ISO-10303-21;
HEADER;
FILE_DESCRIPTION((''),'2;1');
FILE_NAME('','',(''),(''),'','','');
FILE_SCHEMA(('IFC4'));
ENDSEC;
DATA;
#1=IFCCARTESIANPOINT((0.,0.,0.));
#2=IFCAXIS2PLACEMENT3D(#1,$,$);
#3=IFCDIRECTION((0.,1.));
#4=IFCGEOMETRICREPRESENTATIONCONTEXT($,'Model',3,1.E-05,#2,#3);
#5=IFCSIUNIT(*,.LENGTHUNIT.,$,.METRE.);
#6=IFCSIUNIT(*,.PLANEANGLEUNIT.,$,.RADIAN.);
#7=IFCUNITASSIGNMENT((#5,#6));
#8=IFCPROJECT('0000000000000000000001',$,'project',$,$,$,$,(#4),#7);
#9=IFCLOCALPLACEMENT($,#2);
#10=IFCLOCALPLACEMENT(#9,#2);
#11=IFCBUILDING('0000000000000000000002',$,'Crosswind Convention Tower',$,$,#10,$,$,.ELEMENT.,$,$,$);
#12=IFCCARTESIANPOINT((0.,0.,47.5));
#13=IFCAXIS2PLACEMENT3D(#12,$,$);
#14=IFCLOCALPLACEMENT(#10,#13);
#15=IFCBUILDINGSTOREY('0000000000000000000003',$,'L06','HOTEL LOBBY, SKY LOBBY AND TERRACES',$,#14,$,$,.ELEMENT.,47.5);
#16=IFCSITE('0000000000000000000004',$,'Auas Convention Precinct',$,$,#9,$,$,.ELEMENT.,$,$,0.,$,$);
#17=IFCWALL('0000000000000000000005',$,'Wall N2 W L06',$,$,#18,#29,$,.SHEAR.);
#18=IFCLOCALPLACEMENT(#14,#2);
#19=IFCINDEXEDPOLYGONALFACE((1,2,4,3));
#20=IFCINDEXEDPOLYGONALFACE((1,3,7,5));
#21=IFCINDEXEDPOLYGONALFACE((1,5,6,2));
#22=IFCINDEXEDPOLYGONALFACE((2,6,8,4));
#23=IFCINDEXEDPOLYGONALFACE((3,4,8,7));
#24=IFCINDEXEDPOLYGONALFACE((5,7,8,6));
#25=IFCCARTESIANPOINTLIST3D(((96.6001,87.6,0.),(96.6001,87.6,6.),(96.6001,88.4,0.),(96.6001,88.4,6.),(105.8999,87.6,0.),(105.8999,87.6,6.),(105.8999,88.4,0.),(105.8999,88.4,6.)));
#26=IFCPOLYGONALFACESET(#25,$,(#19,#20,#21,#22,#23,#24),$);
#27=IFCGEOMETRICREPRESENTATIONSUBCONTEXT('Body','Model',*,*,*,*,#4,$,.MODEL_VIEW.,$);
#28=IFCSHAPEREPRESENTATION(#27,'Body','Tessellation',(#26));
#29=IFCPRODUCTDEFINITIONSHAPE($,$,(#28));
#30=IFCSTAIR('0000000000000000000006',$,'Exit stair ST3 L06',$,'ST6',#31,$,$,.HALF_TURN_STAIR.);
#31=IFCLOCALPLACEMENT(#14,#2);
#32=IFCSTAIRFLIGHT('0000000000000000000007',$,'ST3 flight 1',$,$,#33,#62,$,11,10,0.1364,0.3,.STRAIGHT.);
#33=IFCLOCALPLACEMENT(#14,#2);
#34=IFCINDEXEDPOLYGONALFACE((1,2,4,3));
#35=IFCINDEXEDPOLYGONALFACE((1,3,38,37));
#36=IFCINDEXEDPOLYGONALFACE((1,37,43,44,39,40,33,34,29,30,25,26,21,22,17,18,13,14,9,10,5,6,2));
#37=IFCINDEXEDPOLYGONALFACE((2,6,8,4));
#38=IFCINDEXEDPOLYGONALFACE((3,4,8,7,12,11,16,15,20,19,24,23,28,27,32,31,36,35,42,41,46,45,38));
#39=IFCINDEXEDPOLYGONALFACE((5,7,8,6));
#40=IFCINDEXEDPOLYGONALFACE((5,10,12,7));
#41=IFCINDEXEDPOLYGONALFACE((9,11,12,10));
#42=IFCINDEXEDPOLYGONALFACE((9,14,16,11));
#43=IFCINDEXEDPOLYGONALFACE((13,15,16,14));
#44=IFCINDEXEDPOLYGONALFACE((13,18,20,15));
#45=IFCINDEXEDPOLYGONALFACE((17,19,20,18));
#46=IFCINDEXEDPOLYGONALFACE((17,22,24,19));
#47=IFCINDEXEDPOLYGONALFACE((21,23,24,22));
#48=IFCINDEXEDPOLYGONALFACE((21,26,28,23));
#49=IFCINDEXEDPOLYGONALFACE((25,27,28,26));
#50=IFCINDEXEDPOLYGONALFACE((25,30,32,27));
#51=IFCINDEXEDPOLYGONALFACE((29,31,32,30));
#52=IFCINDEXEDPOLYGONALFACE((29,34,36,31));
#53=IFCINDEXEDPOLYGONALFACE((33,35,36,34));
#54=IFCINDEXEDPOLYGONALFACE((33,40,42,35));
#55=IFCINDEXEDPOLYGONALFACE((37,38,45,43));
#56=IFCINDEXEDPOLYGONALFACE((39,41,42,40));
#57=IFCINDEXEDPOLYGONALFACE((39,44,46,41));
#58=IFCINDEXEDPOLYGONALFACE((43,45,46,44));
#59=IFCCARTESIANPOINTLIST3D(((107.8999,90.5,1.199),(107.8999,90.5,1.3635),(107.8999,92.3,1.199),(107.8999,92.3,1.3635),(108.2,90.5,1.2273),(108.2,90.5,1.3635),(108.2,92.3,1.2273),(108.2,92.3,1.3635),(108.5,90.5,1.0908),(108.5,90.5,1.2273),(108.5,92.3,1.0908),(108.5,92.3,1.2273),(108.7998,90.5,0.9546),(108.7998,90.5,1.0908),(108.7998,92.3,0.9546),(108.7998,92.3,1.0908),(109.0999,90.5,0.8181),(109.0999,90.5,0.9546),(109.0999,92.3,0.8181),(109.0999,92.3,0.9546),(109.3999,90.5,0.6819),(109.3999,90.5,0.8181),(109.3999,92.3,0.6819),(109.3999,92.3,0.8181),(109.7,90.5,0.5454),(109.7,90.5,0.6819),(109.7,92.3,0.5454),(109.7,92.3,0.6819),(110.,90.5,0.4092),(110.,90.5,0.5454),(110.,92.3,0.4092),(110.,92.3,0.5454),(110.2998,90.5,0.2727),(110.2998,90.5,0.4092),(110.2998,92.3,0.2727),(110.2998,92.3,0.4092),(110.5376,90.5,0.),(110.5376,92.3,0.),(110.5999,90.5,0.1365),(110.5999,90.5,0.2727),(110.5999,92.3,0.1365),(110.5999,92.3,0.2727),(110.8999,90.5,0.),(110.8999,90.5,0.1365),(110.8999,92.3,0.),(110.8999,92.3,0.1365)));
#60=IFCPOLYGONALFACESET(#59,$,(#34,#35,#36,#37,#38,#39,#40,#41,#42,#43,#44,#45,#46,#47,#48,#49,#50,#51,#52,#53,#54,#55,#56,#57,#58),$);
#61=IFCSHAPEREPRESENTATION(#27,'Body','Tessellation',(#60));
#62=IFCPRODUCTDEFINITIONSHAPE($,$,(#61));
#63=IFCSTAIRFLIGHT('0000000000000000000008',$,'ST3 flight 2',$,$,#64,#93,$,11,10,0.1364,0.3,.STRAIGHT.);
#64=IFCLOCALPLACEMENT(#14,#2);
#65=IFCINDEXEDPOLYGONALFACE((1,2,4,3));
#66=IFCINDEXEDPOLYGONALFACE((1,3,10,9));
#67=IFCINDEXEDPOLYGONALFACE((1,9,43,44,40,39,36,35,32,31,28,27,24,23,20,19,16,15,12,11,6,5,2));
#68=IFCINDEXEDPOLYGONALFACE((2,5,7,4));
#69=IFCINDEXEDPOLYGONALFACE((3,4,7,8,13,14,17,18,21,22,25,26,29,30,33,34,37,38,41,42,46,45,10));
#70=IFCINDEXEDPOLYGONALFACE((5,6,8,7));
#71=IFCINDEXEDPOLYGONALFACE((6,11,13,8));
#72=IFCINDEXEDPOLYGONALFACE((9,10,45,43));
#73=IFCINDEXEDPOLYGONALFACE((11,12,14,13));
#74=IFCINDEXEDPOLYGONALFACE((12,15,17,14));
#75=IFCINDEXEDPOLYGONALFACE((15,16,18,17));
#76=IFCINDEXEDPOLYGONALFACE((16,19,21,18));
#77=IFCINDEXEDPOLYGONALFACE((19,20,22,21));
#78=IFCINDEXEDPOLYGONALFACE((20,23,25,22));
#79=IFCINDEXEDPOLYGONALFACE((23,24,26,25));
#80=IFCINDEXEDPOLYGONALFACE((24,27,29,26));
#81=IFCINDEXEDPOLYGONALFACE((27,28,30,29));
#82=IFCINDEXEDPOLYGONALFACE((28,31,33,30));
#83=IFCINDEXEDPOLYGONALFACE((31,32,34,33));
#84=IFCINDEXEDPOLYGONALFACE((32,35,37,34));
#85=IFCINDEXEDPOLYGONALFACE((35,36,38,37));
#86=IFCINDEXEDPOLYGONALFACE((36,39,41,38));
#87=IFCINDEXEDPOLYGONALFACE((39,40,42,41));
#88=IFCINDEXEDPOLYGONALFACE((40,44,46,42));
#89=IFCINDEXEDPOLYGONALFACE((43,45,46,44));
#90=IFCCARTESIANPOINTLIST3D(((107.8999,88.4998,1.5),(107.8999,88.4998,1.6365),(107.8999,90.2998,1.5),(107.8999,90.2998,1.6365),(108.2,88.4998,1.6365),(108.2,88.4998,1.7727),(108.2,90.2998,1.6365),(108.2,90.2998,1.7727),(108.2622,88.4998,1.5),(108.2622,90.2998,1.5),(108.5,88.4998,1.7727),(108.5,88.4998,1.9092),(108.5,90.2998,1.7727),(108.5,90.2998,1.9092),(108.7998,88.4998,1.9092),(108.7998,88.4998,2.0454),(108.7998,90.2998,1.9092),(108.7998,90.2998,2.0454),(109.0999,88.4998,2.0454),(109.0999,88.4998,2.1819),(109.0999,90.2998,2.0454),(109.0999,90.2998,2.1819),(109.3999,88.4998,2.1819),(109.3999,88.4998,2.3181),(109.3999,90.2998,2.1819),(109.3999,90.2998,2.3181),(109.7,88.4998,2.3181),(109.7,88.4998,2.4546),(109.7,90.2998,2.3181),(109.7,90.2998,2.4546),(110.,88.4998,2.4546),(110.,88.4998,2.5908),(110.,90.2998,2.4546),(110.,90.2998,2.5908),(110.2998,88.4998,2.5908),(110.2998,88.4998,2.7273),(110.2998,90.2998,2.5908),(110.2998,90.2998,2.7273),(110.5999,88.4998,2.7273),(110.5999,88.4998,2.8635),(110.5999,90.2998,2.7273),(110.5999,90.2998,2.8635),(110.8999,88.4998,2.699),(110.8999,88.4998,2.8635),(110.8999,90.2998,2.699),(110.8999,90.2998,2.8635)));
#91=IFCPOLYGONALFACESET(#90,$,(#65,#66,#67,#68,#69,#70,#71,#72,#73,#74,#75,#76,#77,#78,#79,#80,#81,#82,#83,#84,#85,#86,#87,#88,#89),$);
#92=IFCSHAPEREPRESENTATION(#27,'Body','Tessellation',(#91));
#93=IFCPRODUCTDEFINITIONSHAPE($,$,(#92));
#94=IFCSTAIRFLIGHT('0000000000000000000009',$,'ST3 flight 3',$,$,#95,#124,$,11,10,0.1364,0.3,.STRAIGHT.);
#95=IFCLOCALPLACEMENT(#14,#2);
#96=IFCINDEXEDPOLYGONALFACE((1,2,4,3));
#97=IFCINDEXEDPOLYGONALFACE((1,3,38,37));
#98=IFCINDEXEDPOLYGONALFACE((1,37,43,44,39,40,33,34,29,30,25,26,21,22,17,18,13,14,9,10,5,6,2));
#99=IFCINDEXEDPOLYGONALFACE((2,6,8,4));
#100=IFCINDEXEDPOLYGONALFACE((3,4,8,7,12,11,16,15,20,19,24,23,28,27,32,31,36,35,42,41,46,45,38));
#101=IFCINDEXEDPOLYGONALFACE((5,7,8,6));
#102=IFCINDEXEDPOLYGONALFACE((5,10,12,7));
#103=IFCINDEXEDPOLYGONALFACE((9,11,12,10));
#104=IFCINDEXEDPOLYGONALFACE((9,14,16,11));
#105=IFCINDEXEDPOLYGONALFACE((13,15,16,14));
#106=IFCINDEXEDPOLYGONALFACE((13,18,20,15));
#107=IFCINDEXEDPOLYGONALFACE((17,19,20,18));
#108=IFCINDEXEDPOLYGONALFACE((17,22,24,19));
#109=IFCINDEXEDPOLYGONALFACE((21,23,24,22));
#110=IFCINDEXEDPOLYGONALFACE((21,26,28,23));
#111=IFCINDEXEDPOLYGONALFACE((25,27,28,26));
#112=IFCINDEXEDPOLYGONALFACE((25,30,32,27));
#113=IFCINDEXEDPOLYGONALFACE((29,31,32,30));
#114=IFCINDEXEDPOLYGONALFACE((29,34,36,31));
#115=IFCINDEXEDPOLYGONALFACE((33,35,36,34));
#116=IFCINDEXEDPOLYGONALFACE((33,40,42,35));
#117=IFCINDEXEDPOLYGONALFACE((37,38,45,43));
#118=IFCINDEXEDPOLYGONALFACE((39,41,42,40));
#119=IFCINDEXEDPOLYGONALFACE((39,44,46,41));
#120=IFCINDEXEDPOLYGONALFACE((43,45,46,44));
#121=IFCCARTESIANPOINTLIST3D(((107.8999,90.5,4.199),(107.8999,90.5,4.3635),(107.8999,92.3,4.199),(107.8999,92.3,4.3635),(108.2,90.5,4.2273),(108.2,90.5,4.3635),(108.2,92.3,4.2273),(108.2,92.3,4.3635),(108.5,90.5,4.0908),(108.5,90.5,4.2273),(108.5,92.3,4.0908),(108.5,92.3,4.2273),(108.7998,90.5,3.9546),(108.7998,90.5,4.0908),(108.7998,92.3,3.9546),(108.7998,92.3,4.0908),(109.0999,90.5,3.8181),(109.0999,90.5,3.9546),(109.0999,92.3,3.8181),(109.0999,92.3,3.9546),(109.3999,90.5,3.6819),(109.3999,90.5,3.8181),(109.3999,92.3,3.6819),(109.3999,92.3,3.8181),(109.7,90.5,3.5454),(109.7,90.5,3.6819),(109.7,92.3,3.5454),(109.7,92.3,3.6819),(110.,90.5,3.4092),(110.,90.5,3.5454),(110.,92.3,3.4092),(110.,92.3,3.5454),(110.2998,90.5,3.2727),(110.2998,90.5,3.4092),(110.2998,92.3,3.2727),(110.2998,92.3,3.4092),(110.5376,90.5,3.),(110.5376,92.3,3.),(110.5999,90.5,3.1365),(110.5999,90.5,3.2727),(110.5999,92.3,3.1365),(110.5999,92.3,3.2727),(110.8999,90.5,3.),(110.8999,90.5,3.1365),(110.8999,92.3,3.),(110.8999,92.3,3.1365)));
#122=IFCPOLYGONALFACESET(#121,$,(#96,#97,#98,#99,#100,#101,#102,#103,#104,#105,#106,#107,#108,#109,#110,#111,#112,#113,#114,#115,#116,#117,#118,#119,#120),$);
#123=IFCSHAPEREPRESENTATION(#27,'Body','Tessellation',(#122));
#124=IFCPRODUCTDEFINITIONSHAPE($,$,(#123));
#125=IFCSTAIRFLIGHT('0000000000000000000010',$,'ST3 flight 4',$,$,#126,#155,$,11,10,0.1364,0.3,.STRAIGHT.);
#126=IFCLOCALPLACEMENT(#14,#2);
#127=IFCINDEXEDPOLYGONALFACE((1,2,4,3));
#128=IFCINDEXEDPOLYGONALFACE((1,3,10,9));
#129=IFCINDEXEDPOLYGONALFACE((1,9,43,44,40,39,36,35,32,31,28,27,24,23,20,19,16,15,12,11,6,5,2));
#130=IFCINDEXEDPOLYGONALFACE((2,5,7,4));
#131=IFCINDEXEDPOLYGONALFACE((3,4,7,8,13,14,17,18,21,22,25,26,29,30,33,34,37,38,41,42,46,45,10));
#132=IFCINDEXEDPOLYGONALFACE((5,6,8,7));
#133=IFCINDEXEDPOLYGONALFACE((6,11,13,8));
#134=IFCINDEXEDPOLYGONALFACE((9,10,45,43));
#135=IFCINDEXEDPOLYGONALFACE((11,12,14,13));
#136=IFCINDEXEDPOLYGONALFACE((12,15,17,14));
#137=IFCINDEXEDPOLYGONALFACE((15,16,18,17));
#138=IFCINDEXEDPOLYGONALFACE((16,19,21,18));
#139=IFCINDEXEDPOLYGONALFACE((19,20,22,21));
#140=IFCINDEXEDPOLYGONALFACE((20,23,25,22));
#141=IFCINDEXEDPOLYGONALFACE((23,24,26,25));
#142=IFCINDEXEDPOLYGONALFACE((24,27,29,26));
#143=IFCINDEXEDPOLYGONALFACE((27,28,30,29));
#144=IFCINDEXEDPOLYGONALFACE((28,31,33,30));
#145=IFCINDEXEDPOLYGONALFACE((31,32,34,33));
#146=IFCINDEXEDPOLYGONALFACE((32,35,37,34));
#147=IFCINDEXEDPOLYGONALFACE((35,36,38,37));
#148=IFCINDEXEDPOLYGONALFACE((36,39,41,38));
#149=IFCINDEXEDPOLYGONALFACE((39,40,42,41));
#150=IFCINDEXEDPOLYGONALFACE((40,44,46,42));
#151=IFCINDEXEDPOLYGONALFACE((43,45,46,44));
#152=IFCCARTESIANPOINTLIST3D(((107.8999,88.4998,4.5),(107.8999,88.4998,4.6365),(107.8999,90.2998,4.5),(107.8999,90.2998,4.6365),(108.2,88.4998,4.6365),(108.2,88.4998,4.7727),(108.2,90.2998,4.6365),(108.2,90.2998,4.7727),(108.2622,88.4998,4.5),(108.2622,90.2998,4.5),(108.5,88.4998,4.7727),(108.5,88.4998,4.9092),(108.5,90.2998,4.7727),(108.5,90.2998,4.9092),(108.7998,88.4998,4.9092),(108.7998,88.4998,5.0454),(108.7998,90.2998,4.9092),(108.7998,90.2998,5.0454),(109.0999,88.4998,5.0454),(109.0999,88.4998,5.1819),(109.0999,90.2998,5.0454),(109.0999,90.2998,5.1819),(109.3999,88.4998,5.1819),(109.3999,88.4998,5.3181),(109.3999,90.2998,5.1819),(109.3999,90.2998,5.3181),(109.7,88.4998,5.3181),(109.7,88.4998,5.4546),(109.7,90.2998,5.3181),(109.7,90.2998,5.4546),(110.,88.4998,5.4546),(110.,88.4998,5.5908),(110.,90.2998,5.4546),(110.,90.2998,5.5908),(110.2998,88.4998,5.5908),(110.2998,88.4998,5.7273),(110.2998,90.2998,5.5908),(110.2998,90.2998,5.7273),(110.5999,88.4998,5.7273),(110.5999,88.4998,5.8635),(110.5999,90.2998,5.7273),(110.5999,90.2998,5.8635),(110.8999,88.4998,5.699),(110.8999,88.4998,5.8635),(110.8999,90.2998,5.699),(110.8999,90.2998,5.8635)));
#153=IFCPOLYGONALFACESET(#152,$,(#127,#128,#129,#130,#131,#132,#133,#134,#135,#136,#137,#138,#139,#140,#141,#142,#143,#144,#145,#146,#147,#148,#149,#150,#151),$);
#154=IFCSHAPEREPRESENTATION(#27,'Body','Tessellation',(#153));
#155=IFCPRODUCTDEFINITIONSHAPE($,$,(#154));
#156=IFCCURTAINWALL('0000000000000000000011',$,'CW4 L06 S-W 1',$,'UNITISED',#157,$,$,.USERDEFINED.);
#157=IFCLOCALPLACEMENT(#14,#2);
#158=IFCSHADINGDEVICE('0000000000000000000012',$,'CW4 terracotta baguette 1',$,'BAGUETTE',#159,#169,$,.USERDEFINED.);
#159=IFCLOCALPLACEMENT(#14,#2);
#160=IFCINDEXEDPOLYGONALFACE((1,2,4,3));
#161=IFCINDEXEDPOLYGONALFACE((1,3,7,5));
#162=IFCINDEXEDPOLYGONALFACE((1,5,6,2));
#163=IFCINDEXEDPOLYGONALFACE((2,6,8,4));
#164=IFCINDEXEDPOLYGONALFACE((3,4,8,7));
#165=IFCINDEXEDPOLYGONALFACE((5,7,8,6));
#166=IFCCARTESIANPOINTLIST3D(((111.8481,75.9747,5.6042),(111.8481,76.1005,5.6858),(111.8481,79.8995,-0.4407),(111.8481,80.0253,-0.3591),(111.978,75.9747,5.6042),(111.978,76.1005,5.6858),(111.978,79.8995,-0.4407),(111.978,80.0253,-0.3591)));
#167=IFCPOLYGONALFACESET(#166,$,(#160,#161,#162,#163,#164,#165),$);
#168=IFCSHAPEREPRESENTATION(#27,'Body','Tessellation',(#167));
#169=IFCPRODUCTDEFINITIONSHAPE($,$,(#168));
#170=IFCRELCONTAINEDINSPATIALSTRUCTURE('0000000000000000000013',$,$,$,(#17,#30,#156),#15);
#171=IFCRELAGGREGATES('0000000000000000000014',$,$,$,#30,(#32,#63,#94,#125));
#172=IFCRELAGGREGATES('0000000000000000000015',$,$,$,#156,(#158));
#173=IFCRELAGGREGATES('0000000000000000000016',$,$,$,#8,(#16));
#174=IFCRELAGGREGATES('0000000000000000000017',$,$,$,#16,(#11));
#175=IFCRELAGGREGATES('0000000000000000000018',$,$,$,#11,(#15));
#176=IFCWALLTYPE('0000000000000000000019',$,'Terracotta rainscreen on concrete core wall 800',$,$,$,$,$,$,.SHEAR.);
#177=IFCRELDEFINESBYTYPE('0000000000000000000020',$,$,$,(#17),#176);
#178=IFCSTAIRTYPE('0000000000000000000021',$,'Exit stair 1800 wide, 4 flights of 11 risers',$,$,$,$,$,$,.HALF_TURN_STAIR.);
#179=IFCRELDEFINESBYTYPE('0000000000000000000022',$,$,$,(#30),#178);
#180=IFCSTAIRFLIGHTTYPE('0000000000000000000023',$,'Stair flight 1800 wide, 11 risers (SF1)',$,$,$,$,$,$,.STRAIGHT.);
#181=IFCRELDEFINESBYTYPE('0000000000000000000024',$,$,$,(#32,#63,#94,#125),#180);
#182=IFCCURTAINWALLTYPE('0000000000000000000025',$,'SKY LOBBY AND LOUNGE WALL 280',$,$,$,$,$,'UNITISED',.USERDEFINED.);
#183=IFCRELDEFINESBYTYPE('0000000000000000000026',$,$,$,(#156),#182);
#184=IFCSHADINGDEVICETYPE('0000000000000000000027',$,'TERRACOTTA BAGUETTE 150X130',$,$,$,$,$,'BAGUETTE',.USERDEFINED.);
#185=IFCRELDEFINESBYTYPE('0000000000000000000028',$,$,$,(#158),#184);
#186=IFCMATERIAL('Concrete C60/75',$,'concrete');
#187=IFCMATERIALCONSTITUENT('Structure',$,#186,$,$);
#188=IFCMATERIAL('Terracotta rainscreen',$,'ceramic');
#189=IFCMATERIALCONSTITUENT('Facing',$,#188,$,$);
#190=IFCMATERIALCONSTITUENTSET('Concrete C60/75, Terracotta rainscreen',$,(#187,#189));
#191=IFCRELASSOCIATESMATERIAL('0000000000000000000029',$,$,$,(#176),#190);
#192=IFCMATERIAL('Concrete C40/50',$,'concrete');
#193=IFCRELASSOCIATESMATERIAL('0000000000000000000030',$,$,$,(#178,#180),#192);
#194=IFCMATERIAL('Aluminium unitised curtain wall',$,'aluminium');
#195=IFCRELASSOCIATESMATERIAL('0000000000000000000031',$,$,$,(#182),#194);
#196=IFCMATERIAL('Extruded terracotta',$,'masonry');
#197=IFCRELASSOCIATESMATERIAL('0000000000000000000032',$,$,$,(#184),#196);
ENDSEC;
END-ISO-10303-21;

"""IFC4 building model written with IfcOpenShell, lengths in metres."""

from ifc_helpers import new_model, si_unit, direction, frame, frame_2d, origin, origin_2d, place, context, subcontext, project, spatial, polyline, rectangle, outline, extrude, material, constituent, constituent_set, material_profile, profile_set, type_object, element, aggregate, save


model = new_model("IFC4")

# Units and contexts
model_context = context("Model", 3, precision=1e-05, world=origin(), true_north=direction((0.0, 1.0)))
body_context = subcontext(model_context, "Body", "Model", "MODEL_VIEW")
ifc_project = project(units=[si_unit("LENGTHUNIT", "METRE"), si_unit("PLANEANGLEUNIT", "RADIAN")], contexts=[model_context])

# Site, building, storey
site_placement = place(None, origin())
site = spatial("IfcSite", under=ifc_project, at=site_placement, Name="Auas Convention Precinct", CompositionType="ELEMENT", RefElevation=0.0)
building_placement = place(site_placement, origin())
building = spatial("IfcBuilding", under=site, at=building_placement, Name="Crosswind Convention Tower", CompositionType="ELEMENT")
storey_placement = place(building_placement, frame((0.0, 0.0, 47.5)))
storey = spatial("IfcBuildingStorey", under=building, at=storey_placement, Name="L06", Description="HOTEL LOBBY, SKY LOBBY AND TERRACES", CompositionType="ELEMENT", Elevation=47.5)

# Shared definitions
ifc_material_1 = material(Name="Aluminium unitised curtain wall", Category="aluminium")

# Wall
ifc_material_2 = material(Name="Terracotta rainscreen", Category="ceramic")
ifc_material_3 = material(Name="Concrete C60/75", Category="concrete")
ifc_constituent_1 = constituent(ifc_material_3, Name="Structure")
ifc_constituent_2 = constituent(ifc_material_2, Name="Facing")
ifc_constituent_set = constituent_set(constituents=[ifc_constituent_1, ifc_constituent_2], Name="Concrete C60/75, Terracotta rainscreen")
wall_type_1 = type_object("IfcWallType", Name="Terracotta rainscreen on concrete core wall 800", PredefinedType="SHEAR", material=ifc_constituent_set)
wall_1_placement = place(storey_placement, frame((105.8999, 88.0, 0.0), z_axis=(0.0, 0.0, 1.0), x_axis=(-1.0, 0.0, 0.0)))
element("IfcWall", 1, at=wall_1_placement, inside=storey, type_object=wall_type_1, Name="Wall N2 W L06", PredefinedType="SHEAR", context=body_context, shape_type="SweptSolid", body=[
    extrude(rectangle(XDim=9.2998, YDim=0.8, at=frame_2d((4.6499, 0.0))), origin(), (0.0, 0.0, 1.0), 6.0),
])

# Stair, stair flights
ifc_material_4 = material(Name="Concrete C40/50", Category="concrete")
stair_type = type_object("IfcStairType", Name="Exit stair 1800 wide, 4 flights of 11 risers", PredefinedType="HALF_TURN_STAIR", material=ifc_material_4)
stair_placement = place(storey_placement, origin())
stair = element("IfcStair", 2, at=stair_placement, inside=storey, type_object=stair_type, Name="Exit stair ST3 L06", ObjectType="ST6", PredefinedType="HALF_TURN_STAIR")
stair_flight_type = type_object("IfcStairFlightType", Name="Stair flight 1800 wide, 11 risers (SF1)", PredefinedType="STRAIGHT", material=ifc_material_4)
stair_flight_1_placement = place(storey_placement, frame((110.8999, 91.3999, 0.0), z_axis=(0.0, 0.0, 1.0), x_axis=(-1.0, 0.0, 0.0)))
stair_flight_1 = element("IfcStairFlight", 3, at=stair_flight_1_placement, type_object=stair_flight_type, Name="ST3 flight 1", NumberOfRisers=11, NumberOfTreads=10, PredefinedType="STRAIGHT", RiserHeight=0.1364, TreadLength=0.3, context=body_context, shape_type="SweptSolid", body=[
    extrude(outline(polyline([(0.0, 0.0), (0.0, 0.1365), (0.3, 0.1365), (0.3, 0.2727), (0.6001, 0.2727), (0.6001, 0.4092), (0.8999, 0.4092), (0.8999, 0.5454), (1.2, 0.5454), (1.2, 0.6819), (1.5, 0.6819), (1.5, 0.8181), (1.8, 0.8181), (1.8, 0.9546), (2.1001, 0.9546), (2.1001, 1.0908), (2.3999, 1.0908), (2.3999, 1.2273), (2.7, 1.2273), (2.7, 1.3635), (3.0, 1.3635), (3.0, 1.5), (3.0, 1.199), (0.3623, 0.0), (0.0, 0.0)])), frame((0.0, 0.8999, 0.0), z_axis=(0.0, -1.0, 0.0), x_axis=(1.0, 0.0, 0.0)), (0.0, 0.0, 1.0), 1.8),
])
stair_flight_2_placement = place(storey_placement, frame((107.8999, 89.3999, 1.5), z_axis=(0.0, 0.0, 1.0), x_axis=(1.0, 0.0, 0.0)))
stair_flight_2 = element("IfcStairFlight", 4, at=stair_flight_2_placement, type_object=stair_flight_type, Name="ST3 flight 2", NumberOfRisers=11, NumberOfTreads=10, PredefinedType="STRAIGHT", RiserHeight=0.1364, TreadLength=0.3, context=body_context, shape_type="SweptSolid", body=[
    extrude(outline(polyline([(0.0, 0.0), (0.0, 0.1365), (0.3, 0.1365), (0.3, 0.2727), (0.6001, 0.2727), (0.6001, 0.4092), (0.8999, 0.4092), (0.8999, 0.5454), (1.2, 0.5454), (1.2, 0.6819), (1.5, 0.6819), (1.5, 0.8181), (1.8, 0.8181), (1.8, 0.9546), (2.1001, 0.9546), (2.1001, 1.0908), (2.3999, 1.0908), (2.3999, 1.2273), (2.7, 1.2273), (2.7, 1.3635), (3.0, 1.3635), (3.0, 1.5), (3.0, 1.199), (0.3623, 0.0), (0.0, 0.0)])), frame((0.0, 0.8999, 0.0), z_axis=(0.0, -1.0, 0.0), x_axis=(1.0, 0.0, 0.0)), (0.0, 0.0, 1.0), 1.8),
])
stair_flight_3_placement = place(storey_placement, frame((110.8999, 91.3999, 3.0), z_axis=(0.0, 0.0, 1.0), x_axis=(-1.0, 0.0, 0.0)))
stair_flight_3 = element("IfcStairFlight", 5, at=stair_flight_3_placement, type_object=stair_flight_type, Name="ST3 flight 3", NumberOfRisers=11, NumberOfTreads=10, PredefinedType="STRAIGHT", RiserHeight=0.1364, TreadLength=0.3, context=body_context, shape_type="SweptSolid", body=[
    extrude(outline(polyline([(0.0, 0.0), (0.0, 0.1365), (0.3, 0.1365), (0.3, 0.2727), (0.6001, 0.2727), (0.6001, 0.4092), (0.8999, 0.4092), (0.8999, 0.5454), (1.2, 0.5454), (1.2, 0.6819), (1.5, 0.6819), (1.5, 0.8181), (1.8, 0.8181), (1.8, 0.9546), (2.1001, 0.9546), (2.1001, 1.0908), (2.3999, 1.0908), (2.3999, 1.2273), (2.7, 1.2273), (2.7, 1.3635), (3.0, 1.3635), (3.0, 1.5), (3.0, 1.199), (0.3623, 0.0), (0.0, 0.0)])), frame((0.0, 0.8999, 0.0), z_axis=(0.0, -1.0, 0.0), x_axis=(1.0, 0.0, 0.0)), (0.0, 0.0, 1.0), 1.8),
])
stair_flight_4_placement = place(storey_placement, frame((107.8999, 89.3999, 4.5), z_axis=(0.0, 0.0, 1.0), x_axis=(1.0, 0.0, 0.0)))
stair_flight_4 = element("IfcStairFlight", 6, at=stair_flight_4_placement, type_object=stair_flight_type, Name="ST3 flight 4", NumberOfRisers=11, NumberOfTreads=10, PredefinedType="STRAIGHT", RiserHeight=0.1364, TreadLength=0.3, context=body_context, shape_type="SweptSolid", body=[
    extrude(outline(polyline([(0.0, 0.0), (0.0, 0.1365), (0.3, 0.1365), (0.3, 0.2727), (0.6001, 0.2727), (0.6001, 0.4092), (0.8999, 0.4092), (0.8999, 0.5454), (1.2, 0.5454), (1.2, 0.6819), (1.5, 0.6819), (1.5, 0.8181), (1.8, 0.8181), (1.8, 0.9546), (2.1001, 0.9546), (2.1001, 1.0908), (2.3999, 1.0908), (2.3999, 1.2273), (2.7, 1.2273), (2.7, 1.3635), (3.0, 1.3635), (3.0, 1.5), (3.0, 1.199), (0.3623, 0.0), (0.0, 0.0)])), frame((0.0, 0.8999, 0.0), z_axis=(0.0, -1.0, 0.0), x_axis=(1.0, 0.0, 0.0)), (0.0, 0.0, 1.0), 1.8),
])
aggregate(stair, [stair_flight_1, stair_flight_2, stair_flight_3, stair_flight_4])

# Curtain wall, shading device
curtain_wall_type_1 = type_object("IfcCurtainWallType", Name="SKY LOBBY AND LOUNGE WALL 280", ElementType="UNITISED", PredefinedType="USERDEFINED", material=ifc_material_1)
curtain_wall_1_placement = place(storey_placement, origin())
curtain_wall_1 = element("IfcCurtainWall", 7, at=curtain_wall_1_placement, inside=storey, type_object=curtain_wall_type_1, Name="CW4 L06 S-W 1", ObjectType="UNITISED", PredefinedType="USERDEFINED")
ifc_material_5 = material(Name="Extruded terracotta", Category="masonry")
ifc_material_profile_1 = material_profile(ifc_material_5, rectangle(XDim=0.1299, YDim=0.1499, at=origin_2d()), Name="TC 130X150")
ifc_profile_set_1 = profile_set([ifc_material_profile_1], Name="Extruded terracotta")
shading_device_type = type_object("IfcShadingDeviceType", Name="TERRACOTTA BAGUETTE 150X130", ElementType="BAGUETTE", PredefinedType="USERDEFINED", material=ifc_profile_set_1)
shading_device_placement = place(storey_placement, frame((111.9131, 79.9624, -0.3999), z_axis=(0.0, -0.54456, 0.838722), x_axis=(1.0, 0.0, 0.0)))
shading_device = element("IfcShadingDevice", 8, at=shading_device_placement, type_object=shading_device_type, Name="CW4 terracotta baguette 1", ObjectType="BAGUETTE", PredefinedType="USERDEFINED", context=body_context, shape_type="SweptSolid", body=[
    extrude(rectangle(XDim=0.1299, YDim=0.1499, at=origin_2d()), origin(), (0.0, 0.0, 1.0), 7.2073),
])
aggregate(curtain_wall_1, [shading_device])

save(model, "model.ifc")
